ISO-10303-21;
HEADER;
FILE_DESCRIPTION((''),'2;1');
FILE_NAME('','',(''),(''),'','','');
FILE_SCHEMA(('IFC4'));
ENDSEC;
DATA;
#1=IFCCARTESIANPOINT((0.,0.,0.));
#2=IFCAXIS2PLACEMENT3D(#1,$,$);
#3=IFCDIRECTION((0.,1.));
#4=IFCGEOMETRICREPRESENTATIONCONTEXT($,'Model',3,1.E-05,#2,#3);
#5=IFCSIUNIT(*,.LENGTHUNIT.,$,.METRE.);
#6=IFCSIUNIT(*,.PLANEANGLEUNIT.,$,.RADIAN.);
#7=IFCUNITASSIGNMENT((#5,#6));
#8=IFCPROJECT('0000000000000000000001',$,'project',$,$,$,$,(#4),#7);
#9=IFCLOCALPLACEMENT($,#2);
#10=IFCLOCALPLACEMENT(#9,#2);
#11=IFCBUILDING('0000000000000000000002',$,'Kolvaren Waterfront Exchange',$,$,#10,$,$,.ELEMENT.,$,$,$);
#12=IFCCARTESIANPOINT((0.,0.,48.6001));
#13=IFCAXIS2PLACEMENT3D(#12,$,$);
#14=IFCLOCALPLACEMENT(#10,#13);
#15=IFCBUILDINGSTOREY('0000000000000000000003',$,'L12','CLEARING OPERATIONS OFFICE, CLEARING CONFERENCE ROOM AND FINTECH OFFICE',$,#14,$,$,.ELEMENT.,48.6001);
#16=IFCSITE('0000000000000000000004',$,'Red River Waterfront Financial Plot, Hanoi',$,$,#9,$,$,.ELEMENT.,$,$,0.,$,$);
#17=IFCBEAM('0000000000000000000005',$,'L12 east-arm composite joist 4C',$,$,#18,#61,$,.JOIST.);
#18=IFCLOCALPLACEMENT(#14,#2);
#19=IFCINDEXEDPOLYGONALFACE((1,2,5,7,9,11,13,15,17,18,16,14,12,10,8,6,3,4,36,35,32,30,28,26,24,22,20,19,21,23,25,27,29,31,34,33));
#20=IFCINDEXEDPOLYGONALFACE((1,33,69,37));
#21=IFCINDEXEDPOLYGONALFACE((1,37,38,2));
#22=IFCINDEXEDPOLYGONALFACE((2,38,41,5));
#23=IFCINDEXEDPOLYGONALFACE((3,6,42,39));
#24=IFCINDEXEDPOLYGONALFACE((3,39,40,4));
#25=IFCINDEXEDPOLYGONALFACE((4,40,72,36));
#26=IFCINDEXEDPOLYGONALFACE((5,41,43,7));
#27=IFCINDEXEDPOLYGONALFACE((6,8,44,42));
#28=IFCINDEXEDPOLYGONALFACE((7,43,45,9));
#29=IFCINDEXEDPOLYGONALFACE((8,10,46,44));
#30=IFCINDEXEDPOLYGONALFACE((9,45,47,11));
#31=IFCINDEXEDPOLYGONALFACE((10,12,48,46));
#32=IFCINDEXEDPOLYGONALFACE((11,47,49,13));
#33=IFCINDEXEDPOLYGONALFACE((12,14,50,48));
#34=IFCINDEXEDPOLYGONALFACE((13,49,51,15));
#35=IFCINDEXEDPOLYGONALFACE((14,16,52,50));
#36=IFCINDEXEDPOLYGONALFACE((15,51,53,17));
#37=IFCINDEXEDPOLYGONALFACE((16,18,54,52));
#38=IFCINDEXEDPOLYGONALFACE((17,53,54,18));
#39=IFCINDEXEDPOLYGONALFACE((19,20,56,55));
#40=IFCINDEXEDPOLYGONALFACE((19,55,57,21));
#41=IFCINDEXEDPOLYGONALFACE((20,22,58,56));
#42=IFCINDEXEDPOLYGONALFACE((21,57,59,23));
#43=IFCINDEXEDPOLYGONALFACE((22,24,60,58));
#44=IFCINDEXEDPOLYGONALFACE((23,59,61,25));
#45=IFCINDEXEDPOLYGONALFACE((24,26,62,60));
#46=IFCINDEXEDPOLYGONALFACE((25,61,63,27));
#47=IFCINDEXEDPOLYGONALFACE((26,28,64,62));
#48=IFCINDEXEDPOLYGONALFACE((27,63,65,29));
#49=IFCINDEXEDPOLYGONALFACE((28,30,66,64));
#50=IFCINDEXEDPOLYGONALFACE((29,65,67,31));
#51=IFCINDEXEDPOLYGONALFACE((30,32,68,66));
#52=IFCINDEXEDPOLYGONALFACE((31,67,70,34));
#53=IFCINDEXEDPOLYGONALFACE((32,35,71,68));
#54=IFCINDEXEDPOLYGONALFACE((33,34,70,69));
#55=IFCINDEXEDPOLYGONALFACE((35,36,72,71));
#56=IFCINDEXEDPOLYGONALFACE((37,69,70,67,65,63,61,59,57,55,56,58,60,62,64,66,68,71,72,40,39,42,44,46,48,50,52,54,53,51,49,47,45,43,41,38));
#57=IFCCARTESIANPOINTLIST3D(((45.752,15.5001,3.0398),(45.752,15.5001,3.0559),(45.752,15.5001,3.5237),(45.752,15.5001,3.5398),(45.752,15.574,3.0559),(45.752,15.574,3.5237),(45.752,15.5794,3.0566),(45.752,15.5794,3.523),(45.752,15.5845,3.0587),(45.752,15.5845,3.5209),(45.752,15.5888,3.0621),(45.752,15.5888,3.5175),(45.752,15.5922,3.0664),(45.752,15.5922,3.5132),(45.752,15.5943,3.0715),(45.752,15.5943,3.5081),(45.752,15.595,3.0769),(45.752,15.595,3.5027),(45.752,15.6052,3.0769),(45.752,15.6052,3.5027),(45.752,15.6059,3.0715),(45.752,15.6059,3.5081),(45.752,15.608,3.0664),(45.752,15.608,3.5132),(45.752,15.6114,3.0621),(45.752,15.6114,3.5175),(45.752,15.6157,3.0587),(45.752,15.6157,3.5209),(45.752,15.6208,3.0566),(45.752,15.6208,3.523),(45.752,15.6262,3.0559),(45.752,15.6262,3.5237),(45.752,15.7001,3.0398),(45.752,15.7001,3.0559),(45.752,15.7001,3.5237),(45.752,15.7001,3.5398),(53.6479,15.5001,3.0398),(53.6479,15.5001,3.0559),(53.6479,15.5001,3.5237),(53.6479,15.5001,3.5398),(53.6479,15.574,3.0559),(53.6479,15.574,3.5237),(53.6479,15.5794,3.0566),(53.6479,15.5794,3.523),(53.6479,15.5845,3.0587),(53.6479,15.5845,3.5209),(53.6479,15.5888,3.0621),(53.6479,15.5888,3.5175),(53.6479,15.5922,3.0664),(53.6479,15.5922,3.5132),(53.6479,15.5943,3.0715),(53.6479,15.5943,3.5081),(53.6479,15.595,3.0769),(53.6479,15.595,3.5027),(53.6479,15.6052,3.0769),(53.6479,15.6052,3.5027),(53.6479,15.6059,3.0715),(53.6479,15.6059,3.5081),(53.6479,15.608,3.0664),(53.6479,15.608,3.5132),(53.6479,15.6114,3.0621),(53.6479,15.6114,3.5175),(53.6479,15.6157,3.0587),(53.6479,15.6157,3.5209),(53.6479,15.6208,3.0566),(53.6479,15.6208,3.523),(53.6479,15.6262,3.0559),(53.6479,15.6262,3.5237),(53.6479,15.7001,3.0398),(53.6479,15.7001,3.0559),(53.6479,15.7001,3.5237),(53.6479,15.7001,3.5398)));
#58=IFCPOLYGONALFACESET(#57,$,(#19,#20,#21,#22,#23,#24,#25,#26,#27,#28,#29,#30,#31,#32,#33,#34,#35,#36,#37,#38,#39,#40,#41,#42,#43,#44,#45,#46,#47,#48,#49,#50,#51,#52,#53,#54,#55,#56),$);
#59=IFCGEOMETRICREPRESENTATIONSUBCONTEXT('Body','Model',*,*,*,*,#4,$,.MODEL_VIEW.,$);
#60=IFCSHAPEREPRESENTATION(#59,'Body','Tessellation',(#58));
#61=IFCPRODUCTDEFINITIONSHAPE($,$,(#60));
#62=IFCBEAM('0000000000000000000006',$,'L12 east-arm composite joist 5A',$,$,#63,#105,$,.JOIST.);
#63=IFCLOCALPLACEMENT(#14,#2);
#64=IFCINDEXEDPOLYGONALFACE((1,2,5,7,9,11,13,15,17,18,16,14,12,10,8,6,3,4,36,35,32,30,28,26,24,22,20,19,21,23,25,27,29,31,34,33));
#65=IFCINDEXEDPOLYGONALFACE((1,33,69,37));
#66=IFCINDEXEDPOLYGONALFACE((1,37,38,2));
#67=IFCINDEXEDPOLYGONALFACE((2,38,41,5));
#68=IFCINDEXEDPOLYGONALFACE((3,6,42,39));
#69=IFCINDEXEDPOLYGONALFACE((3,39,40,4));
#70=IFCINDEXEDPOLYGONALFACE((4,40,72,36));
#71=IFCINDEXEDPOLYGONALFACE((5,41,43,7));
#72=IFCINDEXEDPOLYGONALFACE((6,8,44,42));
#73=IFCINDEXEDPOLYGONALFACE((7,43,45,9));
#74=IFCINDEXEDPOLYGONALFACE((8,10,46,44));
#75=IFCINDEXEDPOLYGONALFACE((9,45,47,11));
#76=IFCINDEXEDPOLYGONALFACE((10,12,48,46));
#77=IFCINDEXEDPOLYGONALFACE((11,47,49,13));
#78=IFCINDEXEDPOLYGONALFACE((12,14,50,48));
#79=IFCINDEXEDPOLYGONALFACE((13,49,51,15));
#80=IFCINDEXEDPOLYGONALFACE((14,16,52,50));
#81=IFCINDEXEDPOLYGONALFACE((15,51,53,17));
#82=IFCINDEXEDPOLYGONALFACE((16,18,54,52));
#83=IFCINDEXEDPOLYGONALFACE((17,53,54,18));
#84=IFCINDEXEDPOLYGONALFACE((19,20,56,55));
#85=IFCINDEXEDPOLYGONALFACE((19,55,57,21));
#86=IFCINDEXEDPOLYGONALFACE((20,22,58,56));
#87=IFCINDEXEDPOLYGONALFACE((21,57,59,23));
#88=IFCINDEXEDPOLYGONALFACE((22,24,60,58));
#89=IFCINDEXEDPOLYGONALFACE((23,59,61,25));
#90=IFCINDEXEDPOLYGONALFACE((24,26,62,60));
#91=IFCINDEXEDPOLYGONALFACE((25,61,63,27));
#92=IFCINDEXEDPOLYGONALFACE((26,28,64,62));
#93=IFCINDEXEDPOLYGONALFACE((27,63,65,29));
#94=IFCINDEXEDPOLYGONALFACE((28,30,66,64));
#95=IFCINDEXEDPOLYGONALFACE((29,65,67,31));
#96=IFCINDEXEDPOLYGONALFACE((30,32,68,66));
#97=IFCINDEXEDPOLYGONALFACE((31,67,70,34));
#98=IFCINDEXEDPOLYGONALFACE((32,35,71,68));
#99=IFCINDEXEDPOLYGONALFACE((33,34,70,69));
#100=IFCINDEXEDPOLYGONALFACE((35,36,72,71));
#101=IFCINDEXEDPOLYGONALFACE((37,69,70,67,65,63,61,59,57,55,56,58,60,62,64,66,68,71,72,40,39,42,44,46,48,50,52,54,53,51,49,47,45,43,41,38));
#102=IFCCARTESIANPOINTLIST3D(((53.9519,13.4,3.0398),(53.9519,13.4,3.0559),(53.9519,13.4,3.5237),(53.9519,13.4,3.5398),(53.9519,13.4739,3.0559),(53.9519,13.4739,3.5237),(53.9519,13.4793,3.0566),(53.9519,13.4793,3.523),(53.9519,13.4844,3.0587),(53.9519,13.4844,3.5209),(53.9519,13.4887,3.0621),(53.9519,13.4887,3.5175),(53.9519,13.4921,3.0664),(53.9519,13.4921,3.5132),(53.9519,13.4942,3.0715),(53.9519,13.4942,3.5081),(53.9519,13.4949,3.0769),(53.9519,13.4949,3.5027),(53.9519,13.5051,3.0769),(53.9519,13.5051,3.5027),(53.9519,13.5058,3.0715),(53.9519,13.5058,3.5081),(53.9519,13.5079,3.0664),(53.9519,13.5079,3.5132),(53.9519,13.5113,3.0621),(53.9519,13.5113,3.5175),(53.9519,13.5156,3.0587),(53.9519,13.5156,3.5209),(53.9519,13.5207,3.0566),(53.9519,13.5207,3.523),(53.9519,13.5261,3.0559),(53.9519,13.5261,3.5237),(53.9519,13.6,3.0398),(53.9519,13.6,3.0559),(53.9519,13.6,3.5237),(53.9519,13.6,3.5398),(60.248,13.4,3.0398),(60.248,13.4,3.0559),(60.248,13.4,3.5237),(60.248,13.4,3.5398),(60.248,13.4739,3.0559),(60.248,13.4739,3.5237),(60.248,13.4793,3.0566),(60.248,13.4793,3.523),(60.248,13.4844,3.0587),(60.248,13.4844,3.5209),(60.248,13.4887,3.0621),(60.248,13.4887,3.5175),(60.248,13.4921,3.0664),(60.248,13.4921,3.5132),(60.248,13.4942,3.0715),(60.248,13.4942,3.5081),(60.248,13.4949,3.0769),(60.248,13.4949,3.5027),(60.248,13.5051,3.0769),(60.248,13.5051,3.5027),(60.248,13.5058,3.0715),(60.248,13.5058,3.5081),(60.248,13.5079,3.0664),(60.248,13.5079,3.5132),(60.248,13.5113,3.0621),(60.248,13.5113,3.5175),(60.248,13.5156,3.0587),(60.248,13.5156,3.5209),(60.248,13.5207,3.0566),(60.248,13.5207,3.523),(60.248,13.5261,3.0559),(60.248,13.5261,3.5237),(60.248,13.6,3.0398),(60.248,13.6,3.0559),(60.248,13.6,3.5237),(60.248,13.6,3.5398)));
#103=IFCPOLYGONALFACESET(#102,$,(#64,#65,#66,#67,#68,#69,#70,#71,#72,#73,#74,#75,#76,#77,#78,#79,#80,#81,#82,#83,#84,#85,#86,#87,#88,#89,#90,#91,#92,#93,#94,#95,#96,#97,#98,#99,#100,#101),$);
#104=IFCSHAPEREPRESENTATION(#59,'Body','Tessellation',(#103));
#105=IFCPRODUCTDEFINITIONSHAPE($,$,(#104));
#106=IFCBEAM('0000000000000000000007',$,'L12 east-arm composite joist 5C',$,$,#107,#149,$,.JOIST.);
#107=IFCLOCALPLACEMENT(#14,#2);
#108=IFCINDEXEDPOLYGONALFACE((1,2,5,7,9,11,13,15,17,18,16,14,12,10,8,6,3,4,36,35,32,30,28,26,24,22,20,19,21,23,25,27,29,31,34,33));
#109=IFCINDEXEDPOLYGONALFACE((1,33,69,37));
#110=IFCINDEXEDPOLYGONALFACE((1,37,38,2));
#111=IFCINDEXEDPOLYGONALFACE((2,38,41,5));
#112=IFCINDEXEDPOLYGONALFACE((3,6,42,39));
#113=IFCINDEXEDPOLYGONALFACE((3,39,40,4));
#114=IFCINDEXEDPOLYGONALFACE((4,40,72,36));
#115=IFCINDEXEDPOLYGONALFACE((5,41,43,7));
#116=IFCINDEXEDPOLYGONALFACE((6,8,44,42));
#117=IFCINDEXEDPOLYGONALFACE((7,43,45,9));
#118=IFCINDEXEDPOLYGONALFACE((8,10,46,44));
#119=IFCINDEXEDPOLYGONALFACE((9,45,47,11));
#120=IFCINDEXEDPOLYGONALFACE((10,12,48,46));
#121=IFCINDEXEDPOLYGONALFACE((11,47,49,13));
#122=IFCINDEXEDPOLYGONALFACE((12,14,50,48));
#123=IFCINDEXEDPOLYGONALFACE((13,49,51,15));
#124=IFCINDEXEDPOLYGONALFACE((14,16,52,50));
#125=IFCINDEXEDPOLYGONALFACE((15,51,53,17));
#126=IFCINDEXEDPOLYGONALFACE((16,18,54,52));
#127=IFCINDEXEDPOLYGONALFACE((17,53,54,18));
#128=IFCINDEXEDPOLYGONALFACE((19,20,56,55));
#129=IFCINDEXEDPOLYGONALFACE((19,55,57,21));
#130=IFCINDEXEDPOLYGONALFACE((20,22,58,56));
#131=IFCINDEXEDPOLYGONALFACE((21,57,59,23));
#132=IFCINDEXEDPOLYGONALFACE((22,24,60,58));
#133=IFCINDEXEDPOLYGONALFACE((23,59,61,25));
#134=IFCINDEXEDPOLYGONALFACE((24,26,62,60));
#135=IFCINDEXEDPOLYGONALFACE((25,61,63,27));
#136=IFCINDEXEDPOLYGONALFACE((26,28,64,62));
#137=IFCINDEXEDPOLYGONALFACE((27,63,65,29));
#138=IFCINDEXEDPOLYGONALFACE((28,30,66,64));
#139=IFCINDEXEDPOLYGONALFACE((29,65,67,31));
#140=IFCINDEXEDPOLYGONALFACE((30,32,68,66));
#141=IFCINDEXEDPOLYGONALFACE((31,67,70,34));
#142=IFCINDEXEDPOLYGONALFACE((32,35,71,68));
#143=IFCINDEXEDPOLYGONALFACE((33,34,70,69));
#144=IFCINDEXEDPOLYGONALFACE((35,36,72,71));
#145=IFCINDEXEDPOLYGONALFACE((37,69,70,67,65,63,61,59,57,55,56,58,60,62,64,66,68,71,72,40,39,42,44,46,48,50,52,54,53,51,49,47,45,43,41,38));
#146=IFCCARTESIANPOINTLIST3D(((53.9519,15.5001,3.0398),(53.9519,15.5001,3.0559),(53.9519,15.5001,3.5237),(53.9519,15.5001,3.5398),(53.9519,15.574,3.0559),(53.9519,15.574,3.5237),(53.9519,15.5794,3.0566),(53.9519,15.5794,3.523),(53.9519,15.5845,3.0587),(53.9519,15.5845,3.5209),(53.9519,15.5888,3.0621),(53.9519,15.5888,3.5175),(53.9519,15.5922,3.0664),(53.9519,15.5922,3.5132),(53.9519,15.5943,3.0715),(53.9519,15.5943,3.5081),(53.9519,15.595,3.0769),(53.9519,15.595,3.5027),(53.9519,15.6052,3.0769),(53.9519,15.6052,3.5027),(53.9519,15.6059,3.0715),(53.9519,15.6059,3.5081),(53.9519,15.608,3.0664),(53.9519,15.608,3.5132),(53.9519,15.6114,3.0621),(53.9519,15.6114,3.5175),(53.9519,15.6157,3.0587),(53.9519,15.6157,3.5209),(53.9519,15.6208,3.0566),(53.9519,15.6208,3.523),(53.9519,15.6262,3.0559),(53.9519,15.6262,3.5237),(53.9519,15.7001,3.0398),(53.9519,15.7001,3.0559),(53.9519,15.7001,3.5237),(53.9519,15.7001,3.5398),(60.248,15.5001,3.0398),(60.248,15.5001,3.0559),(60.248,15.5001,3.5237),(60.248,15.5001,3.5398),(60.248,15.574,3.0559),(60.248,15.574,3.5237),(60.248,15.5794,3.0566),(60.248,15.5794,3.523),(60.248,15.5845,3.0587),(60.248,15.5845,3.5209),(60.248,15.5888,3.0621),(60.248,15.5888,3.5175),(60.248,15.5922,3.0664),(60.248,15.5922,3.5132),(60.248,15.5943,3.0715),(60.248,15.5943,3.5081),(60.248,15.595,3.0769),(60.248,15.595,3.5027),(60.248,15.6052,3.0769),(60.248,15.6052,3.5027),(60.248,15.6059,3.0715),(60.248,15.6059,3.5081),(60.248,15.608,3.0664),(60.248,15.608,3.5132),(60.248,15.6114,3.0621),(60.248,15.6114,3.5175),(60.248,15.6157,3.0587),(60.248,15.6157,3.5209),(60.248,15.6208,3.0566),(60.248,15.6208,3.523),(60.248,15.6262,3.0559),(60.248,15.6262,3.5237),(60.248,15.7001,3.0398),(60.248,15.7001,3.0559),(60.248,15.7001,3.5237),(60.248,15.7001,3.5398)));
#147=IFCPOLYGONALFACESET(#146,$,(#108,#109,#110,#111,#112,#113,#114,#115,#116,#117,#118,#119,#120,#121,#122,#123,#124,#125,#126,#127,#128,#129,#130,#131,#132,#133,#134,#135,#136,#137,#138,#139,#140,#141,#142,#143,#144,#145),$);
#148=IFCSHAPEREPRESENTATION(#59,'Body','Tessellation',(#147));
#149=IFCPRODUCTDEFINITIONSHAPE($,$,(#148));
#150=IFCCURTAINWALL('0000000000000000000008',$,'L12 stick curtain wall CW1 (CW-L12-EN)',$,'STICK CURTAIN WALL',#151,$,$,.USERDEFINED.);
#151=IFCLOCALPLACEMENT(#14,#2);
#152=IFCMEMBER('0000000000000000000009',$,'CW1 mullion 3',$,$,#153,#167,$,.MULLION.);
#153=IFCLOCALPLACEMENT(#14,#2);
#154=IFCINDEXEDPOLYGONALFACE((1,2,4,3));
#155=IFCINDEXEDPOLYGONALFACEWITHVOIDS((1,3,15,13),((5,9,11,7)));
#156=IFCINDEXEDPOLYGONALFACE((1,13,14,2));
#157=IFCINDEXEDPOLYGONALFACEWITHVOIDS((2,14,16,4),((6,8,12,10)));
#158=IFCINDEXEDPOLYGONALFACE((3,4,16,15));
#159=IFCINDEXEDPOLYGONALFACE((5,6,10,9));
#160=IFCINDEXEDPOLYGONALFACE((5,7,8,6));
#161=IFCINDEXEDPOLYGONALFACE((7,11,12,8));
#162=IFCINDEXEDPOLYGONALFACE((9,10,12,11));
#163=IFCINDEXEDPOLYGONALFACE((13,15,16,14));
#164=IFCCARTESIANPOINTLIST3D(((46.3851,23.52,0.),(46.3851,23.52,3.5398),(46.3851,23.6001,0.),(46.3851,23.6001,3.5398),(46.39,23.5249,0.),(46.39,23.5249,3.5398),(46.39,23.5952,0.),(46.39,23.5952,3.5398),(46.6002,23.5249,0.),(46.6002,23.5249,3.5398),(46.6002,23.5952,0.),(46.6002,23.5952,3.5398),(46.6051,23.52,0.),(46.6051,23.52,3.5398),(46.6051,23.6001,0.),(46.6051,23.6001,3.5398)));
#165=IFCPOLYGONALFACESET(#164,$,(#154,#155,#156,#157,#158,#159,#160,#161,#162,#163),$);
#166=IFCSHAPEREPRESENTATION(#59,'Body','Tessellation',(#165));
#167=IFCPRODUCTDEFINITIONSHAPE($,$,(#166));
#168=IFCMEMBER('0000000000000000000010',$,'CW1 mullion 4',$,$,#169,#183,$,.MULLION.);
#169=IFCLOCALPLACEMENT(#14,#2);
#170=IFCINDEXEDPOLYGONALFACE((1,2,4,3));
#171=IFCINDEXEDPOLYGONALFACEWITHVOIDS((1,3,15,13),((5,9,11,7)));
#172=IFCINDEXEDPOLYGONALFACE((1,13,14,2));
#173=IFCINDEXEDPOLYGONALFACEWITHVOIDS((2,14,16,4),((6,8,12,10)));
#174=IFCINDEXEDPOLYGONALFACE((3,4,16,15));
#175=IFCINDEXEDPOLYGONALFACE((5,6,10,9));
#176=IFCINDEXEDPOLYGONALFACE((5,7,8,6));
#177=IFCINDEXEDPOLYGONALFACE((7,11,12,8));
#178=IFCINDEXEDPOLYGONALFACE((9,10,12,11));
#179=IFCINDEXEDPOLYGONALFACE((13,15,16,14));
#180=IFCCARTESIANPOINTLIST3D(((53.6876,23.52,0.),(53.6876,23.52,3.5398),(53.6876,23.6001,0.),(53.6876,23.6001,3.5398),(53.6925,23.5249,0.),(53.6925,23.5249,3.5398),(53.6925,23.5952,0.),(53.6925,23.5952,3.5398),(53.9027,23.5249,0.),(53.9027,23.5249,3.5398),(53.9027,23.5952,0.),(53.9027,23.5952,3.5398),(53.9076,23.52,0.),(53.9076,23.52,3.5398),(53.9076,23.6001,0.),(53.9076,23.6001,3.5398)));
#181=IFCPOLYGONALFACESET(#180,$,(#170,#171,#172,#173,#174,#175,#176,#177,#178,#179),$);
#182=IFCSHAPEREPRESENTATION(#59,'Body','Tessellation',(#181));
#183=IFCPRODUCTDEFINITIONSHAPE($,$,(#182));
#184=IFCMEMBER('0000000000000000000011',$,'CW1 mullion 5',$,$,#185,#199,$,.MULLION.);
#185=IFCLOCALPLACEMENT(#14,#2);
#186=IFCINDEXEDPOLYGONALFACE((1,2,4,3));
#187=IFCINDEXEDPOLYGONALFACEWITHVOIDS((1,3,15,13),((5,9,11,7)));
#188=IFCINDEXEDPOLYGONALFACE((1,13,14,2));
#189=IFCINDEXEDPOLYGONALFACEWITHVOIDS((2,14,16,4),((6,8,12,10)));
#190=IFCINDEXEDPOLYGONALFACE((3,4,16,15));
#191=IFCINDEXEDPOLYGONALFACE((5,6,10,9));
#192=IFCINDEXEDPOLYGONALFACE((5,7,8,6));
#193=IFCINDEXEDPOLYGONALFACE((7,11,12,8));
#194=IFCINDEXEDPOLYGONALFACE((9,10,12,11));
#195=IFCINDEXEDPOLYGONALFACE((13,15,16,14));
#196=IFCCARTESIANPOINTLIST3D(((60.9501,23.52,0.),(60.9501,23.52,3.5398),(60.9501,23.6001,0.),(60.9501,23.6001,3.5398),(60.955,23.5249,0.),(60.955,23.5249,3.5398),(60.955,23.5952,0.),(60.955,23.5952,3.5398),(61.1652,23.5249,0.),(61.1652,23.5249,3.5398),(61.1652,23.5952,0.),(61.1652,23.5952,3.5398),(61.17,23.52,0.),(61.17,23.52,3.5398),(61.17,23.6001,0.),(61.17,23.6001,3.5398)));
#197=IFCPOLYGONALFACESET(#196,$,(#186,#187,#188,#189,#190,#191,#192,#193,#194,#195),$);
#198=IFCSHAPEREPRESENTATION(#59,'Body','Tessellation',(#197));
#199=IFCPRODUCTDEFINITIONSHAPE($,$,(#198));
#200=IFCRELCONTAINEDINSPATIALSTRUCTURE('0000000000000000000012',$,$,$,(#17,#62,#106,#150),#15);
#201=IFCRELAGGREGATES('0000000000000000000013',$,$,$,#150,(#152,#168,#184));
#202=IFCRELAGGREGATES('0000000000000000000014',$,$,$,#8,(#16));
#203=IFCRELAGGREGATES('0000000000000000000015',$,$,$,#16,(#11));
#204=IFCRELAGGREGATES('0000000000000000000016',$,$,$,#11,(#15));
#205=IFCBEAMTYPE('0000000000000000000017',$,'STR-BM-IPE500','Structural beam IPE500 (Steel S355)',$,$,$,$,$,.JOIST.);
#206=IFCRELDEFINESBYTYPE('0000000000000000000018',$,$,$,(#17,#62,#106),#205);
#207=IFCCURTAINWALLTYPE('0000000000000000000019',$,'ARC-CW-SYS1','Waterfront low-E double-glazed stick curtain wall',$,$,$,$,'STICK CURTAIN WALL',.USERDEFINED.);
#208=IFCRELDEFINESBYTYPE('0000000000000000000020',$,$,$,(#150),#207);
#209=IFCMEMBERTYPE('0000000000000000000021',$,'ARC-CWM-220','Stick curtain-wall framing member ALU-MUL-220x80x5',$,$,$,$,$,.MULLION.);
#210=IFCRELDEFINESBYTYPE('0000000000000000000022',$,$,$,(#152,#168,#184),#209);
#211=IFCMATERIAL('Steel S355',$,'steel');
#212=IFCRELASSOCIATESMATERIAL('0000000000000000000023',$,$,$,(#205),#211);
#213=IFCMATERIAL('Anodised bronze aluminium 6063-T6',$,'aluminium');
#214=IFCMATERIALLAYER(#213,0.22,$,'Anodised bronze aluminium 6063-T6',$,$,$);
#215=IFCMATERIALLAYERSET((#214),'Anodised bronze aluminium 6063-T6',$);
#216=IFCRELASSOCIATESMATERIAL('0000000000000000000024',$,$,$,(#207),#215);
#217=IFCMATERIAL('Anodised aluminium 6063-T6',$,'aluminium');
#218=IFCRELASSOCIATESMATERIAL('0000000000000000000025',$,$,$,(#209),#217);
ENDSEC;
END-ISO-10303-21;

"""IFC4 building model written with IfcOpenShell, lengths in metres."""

from ifc_helpers import new_model, si_unit, direction, frame, origin, origin_with_axes, origin_2d, place, context, subcontext, project, spatial, hollow_rectangle, i_section, extrude, source, transform, mapped, material, layer, layer_set, material_profile, profile_set, type_object, element, aggregate, save


model = new_model("IFC4")

# Units and contexts
model_context = context("Model", 3, precision=1e-05, world=origin(), true_north=direction((0.0, 1.0)))
body_context = subcontext(model_context, "Body", "Model", "MODEL_VIEW")
ifc_project = project(units=[si_unit("LENGTHUNIT", "METRE"), si_unit("PLANEANGLEUNIT", "RADIAN")], contexts=[model_context])

# Site, building, storey
site_placement = place(None, origin())
site = spatial("IfcSite", under=ifc_project, at=site_placement, Name="Red River Waterfront Financial Plot, Hanoi", CompositionType="ELEMENT", RefElevation=0.0)
building_placement = place(site_placement, origin())
building = spatial("IfcBuilding", under=site, at=building_placement, Name="Kolvaren Waterfront Exchange", CompositionType="ELEMENT")
storey_placement = place(building_placement, frame((0.0, 0.0, 48.6001)))
storey = spatial("IfcBuildingStorey", under=building, at=storey_placement, Name="L12", Description="CLEARING OPERATIONS OFFICE, CLEARING CONFERENCE ROOM AND FINTECH OFFICE", CompositionType="ELEMENT", Elevation=48.6001)

# Beams
ifc_material_1 = material(Name="Steel S355", Category="steel")
ifc_material_profile_1 = material_profile(ifc_material_1, i_section(OverallWidth=0.2, OverallDepth=0.5, WebThickness=0.0103, FlangeThickness=0.0161, FilletRadius=0.021, at=origin_2d()), Name="IPE500")
ifc_profile_set_1 = profile_set([ifc_material_profile_1], Name="Steel S355")
beam_type_1 = type_object("IfcBeamType", Name="STR-BM-IPE500", Description="Structural beam IPE500 (Steel S355)", PredefinedType="JOIST", material=ifc_profile_set_1)
for number, where, z_axis, x_axis, name in (
    (1, (45.752, 15.6001, 3.2898), (1.0, 0.0, 0.0), (0.0, 1.0, 0.0), "L12 east-arm composite joist 4C"),
):
    element("IfcBeam", number, at=place(storey_placement, frame(where, z_axis=z_axis, x_axis=x_axis)), inside=storey, type_object=beam_type_1, Name=name, PredefinedType="JOIST", context=body_context, shape_type="SweptSolid", body=[
        extrude(i_section(OverallWidth=0.2, OverallDepth=0.5, WebThickness=0.0103, FlangeThickness=0.0161, FilletRadius=0.021, at=origin_2d()), origin(), (0.0, 0.0, 1.0), 7.896),
    ])
for number, where, z_axis, x_axis, name in (
    (2, (53.9519, 13.5, 3.2898), (1.0, 0.0, 0.0), (0.0, 1.0, 0.0), "L12 east-arm composite joist 5A"),
    (3, (53.9519, 15.6001, 3.2898), (1.0, 0.0, 0.0), (0.0, 1.0, 0.0), "L12 east-arm composite joist 5C"),
):
    element("IfcBeam", number, at=place(storey_placement, frame(where, z_axis=z_axis, x_axis=x_axis)), inside=storey, type_object=beam_type_1, Name=name, PredefinedType="JOIST", context=body_context, shape_type="SweptSolid", body=[
        extrude(i_section(OverallWidth=0.2, OverallDepth=0.5, WebThickness=0.0103, FlangeThickness=0.0161, FilletRadius=0.021, at=origin_2d()), origin(), (0.0, 0.0, 1.0), 6.2961),
    ])

# Curtain wall, members
ifc_material_2 = material(Name="Anodised bronze aluminium 6063-T6", Category="aluminium")
ifc_layer_1 = layer(ifc_material_2, 0.22, Name="Anodised bronze aluminium 6063-T6")
ifc_layer_set_1 = layer_set([ifc_layer_1], Name="Anodised bronze aluminium 6063-T6")
curtain_wall_type = type_object("IfcCurtainWallType", Name="ARC-CW-SYS1", Description="Waterfront low-E double-glazed stick curtain wall", ElementType="STICK CURTAIN WALL", PredefinedType="USERDEFINED", material=ifc_layer_set_1)
curtain_wall_placement = place(storey_placement, origin())
curtain_wall = element("IfcCurtainWall", 4, at=curtain_wall_placement, inside=storey, type_object=curtain_wall_type, Name="L12 stick curtain wall CW1 (CW-L12-EN)", ObjectType="STICK CURTAIN WALL", PredefinedType="USERDEFINED")
ifc_material_3 = material(Name="Anodised aluminium 6063-T6", Category="aluminium")
ifc_material_profile_2 = material_profile(ifc_material_3, hollow_rectangle(XDim=0.0801, YDim=0.22, WallThickness=0.0049, at=origin_2d()), Name="ALU-MUL-220x80x5")
ifc_profile_set_2 = profile_set([ifc_material_profile_2], Name="Anodised aluminium 6063-T6")
member_type_1 = type_object("IfcMemberType", Name="ARC-CWM-220", Description="Stick curtain-wall framing member ALU-MUL-220x80x5", PredefinedType="MULLION", material=ifc_profile_set_2)
shared_shape_1 = source(origin_with_axes(), body_context, "Body", "SweptSolid", [
    extrude(hollow_rectangle(XDim=0.0801, YDim=0.22, WallThickness=0.0049, at=origin_2d()), origin(), (0.0, 0.0, 1.0), 3.5398),
])
member_1_placement = place(storey_placement, frame((46.4951, 23.5601, 0.0), z_axis=(0.0, 0.0, 1.0), x_axis=(0.0, 1.0, 0.0)))
member_1 = element("IfcMember", 5, at=member_1_placement, type_object=member_type_1, Name="CW1 mullion 3", PredefinedType="MULLION", context=body_context, shape_type="MappedRepresentation", body=[
    mapped(shared_shape_1, transform((0.0, 0.0, 0.0), x_axis=(1.0, 0.0, 0.0), y_axis=(0.0, 1.0, 0.0), z_axis=(0.0, 0.0, 1.0), scale=1.0)),
])
member_2_placement = place(storey_placement, frame((53.7976, 23.5601, 0.0), z_axis=(0.0, 0.0, 1.0), x_axis=(0.0, 1.0, 0.0)))
member_2 = element("IfcMember", 6, at=member_2_placement, type_object=member_type_1, Name="CW1 mullion 4", PredefinedType="MULLION", context=body_context, shape_type="MappedRepresentation", body=[
    mapped(shared_shape_1, transform((0.0, 0.0, 0.0), x_axis=(1.0, 0.0, 0.0), y_axis=(0.0, 1.0, 0.0), z_axis=(0.0, 0.0, 1.0), scale=1.0)),
])
member_3_placement = place(storey_placement, frame((61.0601, 23.5601, 0.0), z_axis=(0.0, 0.0, 1.0), x_axis=(0.0, 1.0, 0.0)))
member_3 = element("IfcMember", 7, at=member_3_placement, type_object=member_type_1, Name="CW1 mullion 5", PredefinedType="MULLION", context=body_context, shape_type="MappedRepresentation", body=[
    mapped(shared_shape_1, transform((0.0, 0.0, 0.0), x_axis=(1.0, 0.0, 0.0), y_axis=(0.0, 1.0, 0.0), z_axis=(0.0, 0.0, 1.0), scale=1.0)),
])
aggregate(curtain_wall, [member_1, member_2, member_3])

save(model, "model.ifc")
